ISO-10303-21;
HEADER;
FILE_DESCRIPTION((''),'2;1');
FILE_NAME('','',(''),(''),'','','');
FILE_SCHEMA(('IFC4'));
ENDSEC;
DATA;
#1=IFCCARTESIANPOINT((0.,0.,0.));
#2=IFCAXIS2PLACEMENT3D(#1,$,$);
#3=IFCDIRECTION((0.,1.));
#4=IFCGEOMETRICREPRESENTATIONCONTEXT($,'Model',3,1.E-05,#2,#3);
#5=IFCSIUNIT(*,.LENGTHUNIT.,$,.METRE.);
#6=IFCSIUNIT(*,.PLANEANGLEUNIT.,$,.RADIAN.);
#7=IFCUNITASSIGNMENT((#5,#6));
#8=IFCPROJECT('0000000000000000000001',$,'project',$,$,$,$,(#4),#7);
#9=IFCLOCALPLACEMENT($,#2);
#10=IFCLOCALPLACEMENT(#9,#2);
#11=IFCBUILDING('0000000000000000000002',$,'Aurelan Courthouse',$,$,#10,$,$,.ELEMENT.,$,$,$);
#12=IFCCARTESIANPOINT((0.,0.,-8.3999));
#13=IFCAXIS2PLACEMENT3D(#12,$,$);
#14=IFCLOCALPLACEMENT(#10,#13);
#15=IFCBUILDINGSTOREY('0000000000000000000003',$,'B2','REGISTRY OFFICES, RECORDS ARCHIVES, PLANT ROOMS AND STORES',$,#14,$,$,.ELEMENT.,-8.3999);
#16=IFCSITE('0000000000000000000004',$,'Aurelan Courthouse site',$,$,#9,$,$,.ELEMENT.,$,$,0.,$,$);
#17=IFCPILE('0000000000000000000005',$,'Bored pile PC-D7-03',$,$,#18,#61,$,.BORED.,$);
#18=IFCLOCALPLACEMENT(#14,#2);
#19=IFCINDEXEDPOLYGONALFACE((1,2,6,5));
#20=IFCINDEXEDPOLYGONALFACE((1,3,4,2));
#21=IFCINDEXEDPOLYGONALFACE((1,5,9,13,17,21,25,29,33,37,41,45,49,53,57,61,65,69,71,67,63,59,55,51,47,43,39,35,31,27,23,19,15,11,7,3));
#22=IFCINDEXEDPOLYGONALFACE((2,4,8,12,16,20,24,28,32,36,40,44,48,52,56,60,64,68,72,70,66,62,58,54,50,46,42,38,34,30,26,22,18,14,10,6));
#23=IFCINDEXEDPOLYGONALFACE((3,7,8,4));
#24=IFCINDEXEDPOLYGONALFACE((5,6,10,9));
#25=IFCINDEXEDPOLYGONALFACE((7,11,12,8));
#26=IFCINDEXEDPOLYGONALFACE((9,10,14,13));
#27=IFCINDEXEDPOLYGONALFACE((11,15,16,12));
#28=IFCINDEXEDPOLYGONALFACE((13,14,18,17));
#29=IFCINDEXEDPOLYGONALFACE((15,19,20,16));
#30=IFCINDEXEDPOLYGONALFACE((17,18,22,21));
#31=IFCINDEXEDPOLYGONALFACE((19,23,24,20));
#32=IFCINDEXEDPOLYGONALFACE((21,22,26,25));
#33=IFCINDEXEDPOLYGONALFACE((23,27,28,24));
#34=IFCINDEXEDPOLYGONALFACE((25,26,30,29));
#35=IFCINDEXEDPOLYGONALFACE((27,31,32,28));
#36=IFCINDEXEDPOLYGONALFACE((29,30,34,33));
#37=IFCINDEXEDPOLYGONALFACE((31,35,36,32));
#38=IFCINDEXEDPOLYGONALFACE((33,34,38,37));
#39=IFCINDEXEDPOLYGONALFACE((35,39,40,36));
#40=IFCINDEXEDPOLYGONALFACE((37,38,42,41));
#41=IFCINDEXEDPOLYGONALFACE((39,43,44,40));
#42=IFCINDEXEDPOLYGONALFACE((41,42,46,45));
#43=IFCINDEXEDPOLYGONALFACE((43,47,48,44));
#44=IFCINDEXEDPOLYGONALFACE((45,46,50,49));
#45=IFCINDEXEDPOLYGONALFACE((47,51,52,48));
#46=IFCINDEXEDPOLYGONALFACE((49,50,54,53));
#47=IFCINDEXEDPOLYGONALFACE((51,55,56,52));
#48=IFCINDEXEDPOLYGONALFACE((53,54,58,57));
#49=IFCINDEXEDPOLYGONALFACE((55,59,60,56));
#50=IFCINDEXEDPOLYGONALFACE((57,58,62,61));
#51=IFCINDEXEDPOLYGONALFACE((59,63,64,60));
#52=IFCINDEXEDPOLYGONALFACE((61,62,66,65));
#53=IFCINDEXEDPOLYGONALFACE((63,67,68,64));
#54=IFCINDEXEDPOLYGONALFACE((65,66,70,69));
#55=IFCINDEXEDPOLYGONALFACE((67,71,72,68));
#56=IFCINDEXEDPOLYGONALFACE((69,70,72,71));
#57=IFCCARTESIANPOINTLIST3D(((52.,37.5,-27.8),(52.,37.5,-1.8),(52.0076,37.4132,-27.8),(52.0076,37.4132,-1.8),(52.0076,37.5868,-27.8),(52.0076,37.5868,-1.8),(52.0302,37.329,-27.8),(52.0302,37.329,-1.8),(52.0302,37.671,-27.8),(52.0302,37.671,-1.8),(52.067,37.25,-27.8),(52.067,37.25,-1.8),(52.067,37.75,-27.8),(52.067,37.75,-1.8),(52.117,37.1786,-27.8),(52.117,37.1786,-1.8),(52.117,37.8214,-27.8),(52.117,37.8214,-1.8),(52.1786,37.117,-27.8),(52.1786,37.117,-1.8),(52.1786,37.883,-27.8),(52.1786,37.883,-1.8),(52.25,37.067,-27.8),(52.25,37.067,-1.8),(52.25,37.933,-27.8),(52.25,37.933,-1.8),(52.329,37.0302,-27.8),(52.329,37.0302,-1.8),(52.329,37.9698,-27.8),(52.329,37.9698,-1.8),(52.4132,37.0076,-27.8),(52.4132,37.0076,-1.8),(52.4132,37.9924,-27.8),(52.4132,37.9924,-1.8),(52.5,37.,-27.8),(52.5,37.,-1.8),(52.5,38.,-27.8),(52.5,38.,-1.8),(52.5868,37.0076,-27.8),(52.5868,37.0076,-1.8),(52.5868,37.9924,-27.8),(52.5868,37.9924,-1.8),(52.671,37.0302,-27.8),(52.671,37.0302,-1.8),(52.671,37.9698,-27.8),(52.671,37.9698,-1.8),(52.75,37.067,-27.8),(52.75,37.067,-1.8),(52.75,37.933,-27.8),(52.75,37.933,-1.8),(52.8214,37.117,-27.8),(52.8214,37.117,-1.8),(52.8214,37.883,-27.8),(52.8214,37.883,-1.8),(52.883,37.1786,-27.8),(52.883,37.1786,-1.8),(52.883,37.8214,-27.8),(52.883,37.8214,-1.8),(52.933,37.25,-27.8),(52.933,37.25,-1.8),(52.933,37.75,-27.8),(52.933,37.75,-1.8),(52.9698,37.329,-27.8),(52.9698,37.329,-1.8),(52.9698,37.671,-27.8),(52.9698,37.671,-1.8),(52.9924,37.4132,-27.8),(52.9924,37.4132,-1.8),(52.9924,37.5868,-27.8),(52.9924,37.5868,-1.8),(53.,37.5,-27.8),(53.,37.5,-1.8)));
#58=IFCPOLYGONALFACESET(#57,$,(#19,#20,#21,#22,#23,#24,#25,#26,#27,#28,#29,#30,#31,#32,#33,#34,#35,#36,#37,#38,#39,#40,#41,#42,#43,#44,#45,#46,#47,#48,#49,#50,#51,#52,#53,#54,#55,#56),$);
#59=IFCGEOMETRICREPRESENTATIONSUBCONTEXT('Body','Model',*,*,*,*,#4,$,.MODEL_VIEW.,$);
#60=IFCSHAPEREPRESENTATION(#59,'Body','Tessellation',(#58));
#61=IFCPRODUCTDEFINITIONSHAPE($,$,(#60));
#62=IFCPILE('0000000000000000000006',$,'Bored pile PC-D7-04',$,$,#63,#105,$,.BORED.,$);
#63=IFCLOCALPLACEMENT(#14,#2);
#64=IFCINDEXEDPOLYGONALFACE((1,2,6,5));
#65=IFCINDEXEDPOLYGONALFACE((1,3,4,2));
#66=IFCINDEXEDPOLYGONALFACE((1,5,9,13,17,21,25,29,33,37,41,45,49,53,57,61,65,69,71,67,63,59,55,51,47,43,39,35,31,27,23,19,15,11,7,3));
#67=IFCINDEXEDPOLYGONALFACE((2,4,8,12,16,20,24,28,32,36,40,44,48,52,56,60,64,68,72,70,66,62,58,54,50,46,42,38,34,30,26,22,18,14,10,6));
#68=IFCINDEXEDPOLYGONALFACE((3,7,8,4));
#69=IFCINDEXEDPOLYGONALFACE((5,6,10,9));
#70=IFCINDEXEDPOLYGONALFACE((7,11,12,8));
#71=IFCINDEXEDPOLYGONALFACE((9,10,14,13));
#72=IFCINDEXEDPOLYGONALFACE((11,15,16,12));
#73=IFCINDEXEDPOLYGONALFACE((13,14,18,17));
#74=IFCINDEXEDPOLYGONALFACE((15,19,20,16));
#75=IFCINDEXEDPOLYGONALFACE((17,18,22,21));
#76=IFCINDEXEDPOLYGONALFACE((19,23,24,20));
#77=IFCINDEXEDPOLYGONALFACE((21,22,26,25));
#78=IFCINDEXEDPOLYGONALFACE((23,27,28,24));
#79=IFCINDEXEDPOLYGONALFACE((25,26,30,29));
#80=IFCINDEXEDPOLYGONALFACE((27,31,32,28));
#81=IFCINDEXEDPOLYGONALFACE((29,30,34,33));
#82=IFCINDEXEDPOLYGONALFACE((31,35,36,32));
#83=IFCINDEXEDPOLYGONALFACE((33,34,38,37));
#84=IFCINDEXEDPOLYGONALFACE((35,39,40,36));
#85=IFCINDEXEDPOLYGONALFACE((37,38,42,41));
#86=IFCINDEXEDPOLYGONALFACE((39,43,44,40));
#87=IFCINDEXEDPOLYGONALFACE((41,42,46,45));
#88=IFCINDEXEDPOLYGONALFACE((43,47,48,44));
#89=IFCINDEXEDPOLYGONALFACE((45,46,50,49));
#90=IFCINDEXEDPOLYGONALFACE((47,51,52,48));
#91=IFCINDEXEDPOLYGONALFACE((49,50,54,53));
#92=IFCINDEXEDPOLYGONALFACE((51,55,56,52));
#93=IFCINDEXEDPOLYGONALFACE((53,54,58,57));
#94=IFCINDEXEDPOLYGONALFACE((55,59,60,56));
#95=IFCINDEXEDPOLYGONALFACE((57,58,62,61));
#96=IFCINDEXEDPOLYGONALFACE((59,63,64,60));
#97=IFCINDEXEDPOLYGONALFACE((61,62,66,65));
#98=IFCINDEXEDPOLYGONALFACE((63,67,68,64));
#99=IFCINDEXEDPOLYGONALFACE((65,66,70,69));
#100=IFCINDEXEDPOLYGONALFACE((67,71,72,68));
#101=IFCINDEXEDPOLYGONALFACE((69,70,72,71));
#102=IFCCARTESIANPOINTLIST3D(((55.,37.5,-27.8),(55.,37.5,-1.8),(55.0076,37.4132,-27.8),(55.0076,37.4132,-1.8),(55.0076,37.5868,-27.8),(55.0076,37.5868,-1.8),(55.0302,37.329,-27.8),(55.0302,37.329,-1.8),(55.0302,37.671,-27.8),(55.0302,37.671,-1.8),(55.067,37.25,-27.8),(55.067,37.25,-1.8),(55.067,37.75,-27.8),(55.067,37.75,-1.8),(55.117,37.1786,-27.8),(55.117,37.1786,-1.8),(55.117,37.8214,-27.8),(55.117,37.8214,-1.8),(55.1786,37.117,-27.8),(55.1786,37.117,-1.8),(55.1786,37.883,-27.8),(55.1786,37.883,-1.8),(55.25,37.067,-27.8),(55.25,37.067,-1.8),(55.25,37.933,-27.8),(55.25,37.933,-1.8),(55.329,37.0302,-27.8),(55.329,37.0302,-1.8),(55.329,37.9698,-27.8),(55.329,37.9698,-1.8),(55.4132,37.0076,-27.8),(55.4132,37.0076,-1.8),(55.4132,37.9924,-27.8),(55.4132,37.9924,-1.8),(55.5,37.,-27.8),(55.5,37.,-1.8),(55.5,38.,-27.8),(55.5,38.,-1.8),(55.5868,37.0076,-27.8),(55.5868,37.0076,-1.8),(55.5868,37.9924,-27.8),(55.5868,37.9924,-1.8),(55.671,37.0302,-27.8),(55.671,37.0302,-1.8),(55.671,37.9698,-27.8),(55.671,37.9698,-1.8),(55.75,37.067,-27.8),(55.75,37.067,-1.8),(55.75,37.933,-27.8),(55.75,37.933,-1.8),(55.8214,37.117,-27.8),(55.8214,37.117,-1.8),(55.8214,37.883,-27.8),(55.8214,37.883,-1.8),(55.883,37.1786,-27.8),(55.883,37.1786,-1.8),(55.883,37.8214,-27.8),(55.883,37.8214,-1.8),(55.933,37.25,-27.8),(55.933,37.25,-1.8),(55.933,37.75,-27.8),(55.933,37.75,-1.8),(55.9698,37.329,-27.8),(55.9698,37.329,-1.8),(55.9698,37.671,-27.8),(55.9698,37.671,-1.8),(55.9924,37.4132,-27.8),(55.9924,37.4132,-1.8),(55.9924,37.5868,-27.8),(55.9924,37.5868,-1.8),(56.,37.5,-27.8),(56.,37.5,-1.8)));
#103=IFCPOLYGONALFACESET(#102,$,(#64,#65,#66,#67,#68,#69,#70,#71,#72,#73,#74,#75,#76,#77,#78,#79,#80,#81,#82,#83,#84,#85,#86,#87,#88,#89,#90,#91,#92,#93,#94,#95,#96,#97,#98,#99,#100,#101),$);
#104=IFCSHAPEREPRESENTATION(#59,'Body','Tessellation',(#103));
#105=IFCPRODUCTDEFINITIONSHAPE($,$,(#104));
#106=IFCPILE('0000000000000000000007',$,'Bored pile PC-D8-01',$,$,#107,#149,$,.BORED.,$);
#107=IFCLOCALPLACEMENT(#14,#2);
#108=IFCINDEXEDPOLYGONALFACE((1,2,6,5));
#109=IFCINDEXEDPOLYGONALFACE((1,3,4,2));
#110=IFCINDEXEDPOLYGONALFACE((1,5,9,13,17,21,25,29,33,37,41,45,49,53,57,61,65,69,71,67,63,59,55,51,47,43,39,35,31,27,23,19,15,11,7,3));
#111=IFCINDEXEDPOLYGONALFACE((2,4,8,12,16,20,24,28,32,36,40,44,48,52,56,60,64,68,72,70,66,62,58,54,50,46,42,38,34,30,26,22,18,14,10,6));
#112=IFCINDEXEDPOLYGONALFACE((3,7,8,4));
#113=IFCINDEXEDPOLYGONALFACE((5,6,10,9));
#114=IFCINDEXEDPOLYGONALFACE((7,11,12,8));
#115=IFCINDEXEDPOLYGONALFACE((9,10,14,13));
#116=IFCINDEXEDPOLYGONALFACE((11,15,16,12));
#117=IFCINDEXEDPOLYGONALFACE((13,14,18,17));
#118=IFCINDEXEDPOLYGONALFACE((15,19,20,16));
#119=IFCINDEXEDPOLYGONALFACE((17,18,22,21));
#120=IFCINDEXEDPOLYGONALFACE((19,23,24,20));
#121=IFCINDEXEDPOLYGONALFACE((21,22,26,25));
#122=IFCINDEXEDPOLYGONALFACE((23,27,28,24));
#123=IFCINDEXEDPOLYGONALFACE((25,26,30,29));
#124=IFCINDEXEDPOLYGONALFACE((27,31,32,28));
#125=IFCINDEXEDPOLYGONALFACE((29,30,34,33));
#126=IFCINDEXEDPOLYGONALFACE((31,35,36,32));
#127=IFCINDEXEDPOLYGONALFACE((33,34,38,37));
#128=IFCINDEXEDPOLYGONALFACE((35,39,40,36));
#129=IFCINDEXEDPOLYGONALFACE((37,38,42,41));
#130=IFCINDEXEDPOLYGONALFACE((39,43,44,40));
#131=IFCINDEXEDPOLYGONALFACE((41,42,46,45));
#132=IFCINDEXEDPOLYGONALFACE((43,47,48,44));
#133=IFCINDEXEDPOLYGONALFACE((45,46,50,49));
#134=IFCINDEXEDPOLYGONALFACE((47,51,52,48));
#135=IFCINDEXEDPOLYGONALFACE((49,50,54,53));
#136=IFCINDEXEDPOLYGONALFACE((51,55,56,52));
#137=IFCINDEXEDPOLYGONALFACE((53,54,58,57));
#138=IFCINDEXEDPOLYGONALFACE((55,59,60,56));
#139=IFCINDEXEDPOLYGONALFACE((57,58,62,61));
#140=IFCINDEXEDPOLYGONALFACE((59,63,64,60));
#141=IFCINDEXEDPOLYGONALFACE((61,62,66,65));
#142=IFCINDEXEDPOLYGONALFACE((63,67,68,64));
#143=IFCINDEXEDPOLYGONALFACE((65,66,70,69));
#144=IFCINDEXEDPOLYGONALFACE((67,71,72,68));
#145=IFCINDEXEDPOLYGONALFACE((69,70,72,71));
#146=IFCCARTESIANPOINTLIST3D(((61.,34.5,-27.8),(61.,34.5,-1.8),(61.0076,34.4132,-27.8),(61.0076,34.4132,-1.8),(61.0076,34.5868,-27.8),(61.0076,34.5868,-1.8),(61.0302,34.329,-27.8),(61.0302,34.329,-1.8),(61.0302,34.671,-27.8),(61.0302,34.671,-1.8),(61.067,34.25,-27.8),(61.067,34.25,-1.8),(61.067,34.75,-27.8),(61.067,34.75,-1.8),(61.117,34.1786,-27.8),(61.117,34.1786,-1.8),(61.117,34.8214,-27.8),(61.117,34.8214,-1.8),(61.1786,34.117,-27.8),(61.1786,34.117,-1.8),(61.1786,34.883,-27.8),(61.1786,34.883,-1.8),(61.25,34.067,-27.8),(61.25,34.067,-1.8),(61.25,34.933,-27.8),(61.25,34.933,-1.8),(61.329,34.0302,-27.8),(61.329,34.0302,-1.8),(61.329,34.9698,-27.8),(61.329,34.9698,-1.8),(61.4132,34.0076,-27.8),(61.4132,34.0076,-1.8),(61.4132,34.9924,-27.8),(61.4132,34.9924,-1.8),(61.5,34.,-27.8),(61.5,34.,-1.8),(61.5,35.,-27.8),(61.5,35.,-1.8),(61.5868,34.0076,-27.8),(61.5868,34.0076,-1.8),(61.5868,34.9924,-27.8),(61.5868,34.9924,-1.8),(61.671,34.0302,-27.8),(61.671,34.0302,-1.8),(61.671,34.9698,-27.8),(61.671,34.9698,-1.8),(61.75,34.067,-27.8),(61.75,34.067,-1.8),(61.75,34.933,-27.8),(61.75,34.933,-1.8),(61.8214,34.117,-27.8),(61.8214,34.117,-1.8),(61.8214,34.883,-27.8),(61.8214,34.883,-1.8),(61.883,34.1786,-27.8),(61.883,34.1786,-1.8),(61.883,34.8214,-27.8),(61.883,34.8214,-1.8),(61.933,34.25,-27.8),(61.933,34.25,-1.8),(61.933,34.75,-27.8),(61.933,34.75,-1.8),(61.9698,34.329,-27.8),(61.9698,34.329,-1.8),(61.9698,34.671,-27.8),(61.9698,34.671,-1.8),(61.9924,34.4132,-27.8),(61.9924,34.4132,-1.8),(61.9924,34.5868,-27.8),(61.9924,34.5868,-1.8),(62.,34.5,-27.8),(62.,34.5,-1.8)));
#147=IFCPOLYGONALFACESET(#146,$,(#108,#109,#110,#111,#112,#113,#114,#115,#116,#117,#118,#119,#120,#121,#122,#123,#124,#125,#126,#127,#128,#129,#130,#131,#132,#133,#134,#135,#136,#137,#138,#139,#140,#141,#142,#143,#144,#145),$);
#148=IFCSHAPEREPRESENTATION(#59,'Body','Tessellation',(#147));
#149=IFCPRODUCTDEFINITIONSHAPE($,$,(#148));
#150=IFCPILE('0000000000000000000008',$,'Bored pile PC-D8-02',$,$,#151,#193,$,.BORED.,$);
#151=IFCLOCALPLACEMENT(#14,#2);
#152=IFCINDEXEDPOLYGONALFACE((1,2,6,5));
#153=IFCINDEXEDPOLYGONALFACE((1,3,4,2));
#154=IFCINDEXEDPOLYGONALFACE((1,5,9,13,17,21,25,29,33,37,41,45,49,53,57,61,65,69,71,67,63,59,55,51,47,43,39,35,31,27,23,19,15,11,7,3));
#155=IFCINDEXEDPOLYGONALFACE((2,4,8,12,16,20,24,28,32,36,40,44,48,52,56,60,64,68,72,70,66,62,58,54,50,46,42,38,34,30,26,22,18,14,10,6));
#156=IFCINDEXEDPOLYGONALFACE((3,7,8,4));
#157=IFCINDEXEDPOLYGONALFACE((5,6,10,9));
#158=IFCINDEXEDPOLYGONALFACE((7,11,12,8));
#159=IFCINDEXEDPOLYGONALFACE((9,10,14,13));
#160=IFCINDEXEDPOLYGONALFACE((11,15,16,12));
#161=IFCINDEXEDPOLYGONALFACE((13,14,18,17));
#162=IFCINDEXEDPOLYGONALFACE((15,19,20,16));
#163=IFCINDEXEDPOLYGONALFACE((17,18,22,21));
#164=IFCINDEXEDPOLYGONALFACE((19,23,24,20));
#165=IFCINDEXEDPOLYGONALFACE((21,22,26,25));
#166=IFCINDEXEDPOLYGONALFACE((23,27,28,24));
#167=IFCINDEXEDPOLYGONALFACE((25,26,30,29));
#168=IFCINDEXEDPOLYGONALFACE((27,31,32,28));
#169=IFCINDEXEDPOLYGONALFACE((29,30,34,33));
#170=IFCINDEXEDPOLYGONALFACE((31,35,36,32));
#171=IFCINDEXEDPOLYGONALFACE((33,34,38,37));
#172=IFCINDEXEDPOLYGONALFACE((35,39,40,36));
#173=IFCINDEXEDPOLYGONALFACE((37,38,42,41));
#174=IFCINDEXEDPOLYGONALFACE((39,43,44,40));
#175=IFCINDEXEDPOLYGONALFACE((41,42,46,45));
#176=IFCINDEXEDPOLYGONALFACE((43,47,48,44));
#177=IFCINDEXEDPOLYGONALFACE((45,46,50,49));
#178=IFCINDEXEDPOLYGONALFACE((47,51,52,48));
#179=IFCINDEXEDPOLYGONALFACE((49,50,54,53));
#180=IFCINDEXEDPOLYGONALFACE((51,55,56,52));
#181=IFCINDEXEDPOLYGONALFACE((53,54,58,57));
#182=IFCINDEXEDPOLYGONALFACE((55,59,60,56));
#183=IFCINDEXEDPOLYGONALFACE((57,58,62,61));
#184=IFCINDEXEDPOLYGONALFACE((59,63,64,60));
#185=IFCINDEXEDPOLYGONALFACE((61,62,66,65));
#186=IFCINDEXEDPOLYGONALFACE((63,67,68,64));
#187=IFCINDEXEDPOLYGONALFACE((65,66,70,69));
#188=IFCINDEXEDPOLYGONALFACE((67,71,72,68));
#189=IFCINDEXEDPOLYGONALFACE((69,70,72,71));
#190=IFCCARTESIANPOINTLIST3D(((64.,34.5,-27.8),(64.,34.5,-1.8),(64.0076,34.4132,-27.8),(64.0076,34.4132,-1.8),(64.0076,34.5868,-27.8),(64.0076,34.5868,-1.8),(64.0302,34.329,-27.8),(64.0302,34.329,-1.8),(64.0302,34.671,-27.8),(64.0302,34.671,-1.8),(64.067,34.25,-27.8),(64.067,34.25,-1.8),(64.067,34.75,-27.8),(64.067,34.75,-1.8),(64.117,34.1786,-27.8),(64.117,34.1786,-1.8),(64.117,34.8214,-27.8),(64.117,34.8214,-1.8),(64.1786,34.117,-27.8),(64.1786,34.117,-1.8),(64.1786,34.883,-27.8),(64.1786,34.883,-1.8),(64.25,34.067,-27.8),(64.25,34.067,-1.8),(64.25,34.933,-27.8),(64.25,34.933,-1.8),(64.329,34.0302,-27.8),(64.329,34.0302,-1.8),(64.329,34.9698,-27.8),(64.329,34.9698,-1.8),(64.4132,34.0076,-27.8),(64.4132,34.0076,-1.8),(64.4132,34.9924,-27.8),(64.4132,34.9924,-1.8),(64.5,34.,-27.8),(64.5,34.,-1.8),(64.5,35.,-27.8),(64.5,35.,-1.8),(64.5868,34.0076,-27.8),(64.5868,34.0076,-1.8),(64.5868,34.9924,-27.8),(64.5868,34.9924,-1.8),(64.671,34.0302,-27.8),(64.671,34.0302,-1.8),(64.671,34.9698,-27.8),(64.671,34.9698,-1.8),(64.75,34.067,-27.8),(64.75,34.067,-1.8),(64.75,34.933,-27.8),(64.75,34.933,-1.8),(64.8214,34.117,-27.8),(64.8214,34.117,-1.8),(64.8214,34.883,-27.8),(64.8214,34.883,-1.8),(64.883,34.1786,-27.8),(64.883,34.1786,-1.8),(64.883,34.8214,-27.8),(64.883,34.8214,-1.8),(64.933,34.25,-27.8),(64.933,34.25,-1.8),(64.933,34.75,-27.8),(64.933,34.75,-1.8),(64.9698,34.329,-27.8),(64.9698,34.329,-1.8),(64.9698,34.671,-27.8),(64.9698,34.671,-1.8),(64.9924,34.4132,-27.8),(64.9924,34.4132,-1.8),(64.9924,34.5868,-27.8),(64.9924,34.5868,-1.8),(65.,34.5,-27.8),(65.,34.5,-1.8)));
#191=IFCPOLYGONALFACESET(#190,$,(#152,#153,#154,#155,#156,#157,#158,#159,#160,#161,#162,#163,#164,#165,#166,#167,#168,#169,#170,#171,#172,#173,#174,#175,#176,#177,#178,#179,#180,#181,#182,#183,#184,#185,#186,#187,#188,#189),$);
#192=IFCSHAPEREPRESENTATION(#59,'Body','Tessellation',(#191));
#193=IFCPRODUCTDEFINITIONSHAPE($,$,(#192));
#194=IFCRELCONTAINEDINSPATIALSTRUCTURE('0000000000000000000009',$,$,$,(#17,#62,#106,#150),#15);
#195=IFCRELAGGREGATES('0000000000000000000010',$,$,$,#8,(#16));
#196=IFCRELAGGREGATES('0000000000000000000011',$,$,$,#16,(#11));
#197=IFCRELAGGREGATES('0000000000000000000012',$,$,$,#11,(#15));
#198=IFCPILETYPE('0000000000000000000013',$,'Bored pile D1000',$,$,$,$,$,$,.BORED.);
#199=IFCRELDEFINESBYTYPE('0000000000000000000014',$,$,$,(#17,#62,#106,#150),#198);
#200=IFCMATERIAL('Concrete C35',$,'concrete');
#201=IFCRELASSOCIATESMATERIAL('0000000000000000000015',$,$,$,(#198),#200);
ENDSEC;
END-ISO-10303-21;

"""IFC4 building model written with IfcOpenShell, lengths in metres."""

from ifc_helpers import new_model, si_unit, direction, frame, origin, origin_2d, place, context, subcontext, project, spatial, circle, extrude, material, material_profile, profile_set, type_object, element, save


model = new_model("IFC4")

# Units and contexts
model_context = context("Model", 3, precision=1e-05, world=origin(), true_north=direction((0.0, 1.0)))
body_context = subcontext(model_context, "Body", "Model", "MODEL_VIEW")
ifc_project = project(units=[si_unit("LENGTHUNIT", "METRE"), si_unit("PLANEANGLEUNIT", "RADIAN")], contexts=[model_context])

# Site, building, storey
site_placement = place(None, origin())
site = spatial("IfcSite", under=ifc_project, at=site_placement, Name="Aurelan Courthouse site", CompositionType="ELEMENT", RefElevation=0.0)
building_placement = place(site_placement, origin())
building = spatial("IfcBuilding", under=site, at=building_placement, Name="Aurelan Courthouse", CompositionType="ELEMENT")
storey_placement = place(building_placement, frame((0.0, 0.0, -8.3999)))
storey = spatial("IfcBuildingStorey", under=building, at=storey_placement, Name="B2", Description="REGISTRY OFFICES, RECORDS ARCHIVES, PLANT ROOMS AND STORES", CompositionType="ELEMENT", Elevation=-8.3999)

# Piles
ifc_material_1 = material(Name="Concrete C35", Category="concrete")
ifc_material_profile_1 = material_profile(ifc_material_1, circle(Radius=0.5, at=origin_2d()), Name="D1000")
ifc_profile_set_1 = profile_set([ifc_material_profile_1], Name="Concrete C35")
pile_type = type_object("IfcPileType", Name="Bored pile D1000", PredefinedType="BORED", material=ifc_profile_set_1)
for number, where, z_axis, x_axis, name in (
    (1, (52.5, 37.5, -1.8), (0.0, 0.0, -1.0), (1.0, 0.0, 0.0), "Bored pile PC-D7-03"),
    (2, (55.5, 37.5, -1.8), (0.0, 0.0, -1.0), (1.0, 0.0, 0.0), "Bored pile PC-D7-04"),
    (3, (61.5, 34.5, -1.8), (0.0, 0.0, -1.0), (1.0, 0.0, 0.0), "Bored pile PC-D8-01"),
    (4, (64.5, 34.5, -1.8), (0.0, 0.0, -1.0), (1.0, 0.0, 0.0), "Bored pile PC-D8-02"),
):
    element("IfcPile", number, at=place(storey_placement, frame(where, z_axis=z_axis, x_axis=x_axis)), inside=storey, type_object=pile_type, Name=name, PredefinedType="BORED", context=body_context, shape_type="SweptSolid", body=[
        extrude(circle(Radius=0.5, at=origin_2d()), origin(), (0.0, 0.0, 1.0), 26.0),
    ])

save(model, "model.ifc")
